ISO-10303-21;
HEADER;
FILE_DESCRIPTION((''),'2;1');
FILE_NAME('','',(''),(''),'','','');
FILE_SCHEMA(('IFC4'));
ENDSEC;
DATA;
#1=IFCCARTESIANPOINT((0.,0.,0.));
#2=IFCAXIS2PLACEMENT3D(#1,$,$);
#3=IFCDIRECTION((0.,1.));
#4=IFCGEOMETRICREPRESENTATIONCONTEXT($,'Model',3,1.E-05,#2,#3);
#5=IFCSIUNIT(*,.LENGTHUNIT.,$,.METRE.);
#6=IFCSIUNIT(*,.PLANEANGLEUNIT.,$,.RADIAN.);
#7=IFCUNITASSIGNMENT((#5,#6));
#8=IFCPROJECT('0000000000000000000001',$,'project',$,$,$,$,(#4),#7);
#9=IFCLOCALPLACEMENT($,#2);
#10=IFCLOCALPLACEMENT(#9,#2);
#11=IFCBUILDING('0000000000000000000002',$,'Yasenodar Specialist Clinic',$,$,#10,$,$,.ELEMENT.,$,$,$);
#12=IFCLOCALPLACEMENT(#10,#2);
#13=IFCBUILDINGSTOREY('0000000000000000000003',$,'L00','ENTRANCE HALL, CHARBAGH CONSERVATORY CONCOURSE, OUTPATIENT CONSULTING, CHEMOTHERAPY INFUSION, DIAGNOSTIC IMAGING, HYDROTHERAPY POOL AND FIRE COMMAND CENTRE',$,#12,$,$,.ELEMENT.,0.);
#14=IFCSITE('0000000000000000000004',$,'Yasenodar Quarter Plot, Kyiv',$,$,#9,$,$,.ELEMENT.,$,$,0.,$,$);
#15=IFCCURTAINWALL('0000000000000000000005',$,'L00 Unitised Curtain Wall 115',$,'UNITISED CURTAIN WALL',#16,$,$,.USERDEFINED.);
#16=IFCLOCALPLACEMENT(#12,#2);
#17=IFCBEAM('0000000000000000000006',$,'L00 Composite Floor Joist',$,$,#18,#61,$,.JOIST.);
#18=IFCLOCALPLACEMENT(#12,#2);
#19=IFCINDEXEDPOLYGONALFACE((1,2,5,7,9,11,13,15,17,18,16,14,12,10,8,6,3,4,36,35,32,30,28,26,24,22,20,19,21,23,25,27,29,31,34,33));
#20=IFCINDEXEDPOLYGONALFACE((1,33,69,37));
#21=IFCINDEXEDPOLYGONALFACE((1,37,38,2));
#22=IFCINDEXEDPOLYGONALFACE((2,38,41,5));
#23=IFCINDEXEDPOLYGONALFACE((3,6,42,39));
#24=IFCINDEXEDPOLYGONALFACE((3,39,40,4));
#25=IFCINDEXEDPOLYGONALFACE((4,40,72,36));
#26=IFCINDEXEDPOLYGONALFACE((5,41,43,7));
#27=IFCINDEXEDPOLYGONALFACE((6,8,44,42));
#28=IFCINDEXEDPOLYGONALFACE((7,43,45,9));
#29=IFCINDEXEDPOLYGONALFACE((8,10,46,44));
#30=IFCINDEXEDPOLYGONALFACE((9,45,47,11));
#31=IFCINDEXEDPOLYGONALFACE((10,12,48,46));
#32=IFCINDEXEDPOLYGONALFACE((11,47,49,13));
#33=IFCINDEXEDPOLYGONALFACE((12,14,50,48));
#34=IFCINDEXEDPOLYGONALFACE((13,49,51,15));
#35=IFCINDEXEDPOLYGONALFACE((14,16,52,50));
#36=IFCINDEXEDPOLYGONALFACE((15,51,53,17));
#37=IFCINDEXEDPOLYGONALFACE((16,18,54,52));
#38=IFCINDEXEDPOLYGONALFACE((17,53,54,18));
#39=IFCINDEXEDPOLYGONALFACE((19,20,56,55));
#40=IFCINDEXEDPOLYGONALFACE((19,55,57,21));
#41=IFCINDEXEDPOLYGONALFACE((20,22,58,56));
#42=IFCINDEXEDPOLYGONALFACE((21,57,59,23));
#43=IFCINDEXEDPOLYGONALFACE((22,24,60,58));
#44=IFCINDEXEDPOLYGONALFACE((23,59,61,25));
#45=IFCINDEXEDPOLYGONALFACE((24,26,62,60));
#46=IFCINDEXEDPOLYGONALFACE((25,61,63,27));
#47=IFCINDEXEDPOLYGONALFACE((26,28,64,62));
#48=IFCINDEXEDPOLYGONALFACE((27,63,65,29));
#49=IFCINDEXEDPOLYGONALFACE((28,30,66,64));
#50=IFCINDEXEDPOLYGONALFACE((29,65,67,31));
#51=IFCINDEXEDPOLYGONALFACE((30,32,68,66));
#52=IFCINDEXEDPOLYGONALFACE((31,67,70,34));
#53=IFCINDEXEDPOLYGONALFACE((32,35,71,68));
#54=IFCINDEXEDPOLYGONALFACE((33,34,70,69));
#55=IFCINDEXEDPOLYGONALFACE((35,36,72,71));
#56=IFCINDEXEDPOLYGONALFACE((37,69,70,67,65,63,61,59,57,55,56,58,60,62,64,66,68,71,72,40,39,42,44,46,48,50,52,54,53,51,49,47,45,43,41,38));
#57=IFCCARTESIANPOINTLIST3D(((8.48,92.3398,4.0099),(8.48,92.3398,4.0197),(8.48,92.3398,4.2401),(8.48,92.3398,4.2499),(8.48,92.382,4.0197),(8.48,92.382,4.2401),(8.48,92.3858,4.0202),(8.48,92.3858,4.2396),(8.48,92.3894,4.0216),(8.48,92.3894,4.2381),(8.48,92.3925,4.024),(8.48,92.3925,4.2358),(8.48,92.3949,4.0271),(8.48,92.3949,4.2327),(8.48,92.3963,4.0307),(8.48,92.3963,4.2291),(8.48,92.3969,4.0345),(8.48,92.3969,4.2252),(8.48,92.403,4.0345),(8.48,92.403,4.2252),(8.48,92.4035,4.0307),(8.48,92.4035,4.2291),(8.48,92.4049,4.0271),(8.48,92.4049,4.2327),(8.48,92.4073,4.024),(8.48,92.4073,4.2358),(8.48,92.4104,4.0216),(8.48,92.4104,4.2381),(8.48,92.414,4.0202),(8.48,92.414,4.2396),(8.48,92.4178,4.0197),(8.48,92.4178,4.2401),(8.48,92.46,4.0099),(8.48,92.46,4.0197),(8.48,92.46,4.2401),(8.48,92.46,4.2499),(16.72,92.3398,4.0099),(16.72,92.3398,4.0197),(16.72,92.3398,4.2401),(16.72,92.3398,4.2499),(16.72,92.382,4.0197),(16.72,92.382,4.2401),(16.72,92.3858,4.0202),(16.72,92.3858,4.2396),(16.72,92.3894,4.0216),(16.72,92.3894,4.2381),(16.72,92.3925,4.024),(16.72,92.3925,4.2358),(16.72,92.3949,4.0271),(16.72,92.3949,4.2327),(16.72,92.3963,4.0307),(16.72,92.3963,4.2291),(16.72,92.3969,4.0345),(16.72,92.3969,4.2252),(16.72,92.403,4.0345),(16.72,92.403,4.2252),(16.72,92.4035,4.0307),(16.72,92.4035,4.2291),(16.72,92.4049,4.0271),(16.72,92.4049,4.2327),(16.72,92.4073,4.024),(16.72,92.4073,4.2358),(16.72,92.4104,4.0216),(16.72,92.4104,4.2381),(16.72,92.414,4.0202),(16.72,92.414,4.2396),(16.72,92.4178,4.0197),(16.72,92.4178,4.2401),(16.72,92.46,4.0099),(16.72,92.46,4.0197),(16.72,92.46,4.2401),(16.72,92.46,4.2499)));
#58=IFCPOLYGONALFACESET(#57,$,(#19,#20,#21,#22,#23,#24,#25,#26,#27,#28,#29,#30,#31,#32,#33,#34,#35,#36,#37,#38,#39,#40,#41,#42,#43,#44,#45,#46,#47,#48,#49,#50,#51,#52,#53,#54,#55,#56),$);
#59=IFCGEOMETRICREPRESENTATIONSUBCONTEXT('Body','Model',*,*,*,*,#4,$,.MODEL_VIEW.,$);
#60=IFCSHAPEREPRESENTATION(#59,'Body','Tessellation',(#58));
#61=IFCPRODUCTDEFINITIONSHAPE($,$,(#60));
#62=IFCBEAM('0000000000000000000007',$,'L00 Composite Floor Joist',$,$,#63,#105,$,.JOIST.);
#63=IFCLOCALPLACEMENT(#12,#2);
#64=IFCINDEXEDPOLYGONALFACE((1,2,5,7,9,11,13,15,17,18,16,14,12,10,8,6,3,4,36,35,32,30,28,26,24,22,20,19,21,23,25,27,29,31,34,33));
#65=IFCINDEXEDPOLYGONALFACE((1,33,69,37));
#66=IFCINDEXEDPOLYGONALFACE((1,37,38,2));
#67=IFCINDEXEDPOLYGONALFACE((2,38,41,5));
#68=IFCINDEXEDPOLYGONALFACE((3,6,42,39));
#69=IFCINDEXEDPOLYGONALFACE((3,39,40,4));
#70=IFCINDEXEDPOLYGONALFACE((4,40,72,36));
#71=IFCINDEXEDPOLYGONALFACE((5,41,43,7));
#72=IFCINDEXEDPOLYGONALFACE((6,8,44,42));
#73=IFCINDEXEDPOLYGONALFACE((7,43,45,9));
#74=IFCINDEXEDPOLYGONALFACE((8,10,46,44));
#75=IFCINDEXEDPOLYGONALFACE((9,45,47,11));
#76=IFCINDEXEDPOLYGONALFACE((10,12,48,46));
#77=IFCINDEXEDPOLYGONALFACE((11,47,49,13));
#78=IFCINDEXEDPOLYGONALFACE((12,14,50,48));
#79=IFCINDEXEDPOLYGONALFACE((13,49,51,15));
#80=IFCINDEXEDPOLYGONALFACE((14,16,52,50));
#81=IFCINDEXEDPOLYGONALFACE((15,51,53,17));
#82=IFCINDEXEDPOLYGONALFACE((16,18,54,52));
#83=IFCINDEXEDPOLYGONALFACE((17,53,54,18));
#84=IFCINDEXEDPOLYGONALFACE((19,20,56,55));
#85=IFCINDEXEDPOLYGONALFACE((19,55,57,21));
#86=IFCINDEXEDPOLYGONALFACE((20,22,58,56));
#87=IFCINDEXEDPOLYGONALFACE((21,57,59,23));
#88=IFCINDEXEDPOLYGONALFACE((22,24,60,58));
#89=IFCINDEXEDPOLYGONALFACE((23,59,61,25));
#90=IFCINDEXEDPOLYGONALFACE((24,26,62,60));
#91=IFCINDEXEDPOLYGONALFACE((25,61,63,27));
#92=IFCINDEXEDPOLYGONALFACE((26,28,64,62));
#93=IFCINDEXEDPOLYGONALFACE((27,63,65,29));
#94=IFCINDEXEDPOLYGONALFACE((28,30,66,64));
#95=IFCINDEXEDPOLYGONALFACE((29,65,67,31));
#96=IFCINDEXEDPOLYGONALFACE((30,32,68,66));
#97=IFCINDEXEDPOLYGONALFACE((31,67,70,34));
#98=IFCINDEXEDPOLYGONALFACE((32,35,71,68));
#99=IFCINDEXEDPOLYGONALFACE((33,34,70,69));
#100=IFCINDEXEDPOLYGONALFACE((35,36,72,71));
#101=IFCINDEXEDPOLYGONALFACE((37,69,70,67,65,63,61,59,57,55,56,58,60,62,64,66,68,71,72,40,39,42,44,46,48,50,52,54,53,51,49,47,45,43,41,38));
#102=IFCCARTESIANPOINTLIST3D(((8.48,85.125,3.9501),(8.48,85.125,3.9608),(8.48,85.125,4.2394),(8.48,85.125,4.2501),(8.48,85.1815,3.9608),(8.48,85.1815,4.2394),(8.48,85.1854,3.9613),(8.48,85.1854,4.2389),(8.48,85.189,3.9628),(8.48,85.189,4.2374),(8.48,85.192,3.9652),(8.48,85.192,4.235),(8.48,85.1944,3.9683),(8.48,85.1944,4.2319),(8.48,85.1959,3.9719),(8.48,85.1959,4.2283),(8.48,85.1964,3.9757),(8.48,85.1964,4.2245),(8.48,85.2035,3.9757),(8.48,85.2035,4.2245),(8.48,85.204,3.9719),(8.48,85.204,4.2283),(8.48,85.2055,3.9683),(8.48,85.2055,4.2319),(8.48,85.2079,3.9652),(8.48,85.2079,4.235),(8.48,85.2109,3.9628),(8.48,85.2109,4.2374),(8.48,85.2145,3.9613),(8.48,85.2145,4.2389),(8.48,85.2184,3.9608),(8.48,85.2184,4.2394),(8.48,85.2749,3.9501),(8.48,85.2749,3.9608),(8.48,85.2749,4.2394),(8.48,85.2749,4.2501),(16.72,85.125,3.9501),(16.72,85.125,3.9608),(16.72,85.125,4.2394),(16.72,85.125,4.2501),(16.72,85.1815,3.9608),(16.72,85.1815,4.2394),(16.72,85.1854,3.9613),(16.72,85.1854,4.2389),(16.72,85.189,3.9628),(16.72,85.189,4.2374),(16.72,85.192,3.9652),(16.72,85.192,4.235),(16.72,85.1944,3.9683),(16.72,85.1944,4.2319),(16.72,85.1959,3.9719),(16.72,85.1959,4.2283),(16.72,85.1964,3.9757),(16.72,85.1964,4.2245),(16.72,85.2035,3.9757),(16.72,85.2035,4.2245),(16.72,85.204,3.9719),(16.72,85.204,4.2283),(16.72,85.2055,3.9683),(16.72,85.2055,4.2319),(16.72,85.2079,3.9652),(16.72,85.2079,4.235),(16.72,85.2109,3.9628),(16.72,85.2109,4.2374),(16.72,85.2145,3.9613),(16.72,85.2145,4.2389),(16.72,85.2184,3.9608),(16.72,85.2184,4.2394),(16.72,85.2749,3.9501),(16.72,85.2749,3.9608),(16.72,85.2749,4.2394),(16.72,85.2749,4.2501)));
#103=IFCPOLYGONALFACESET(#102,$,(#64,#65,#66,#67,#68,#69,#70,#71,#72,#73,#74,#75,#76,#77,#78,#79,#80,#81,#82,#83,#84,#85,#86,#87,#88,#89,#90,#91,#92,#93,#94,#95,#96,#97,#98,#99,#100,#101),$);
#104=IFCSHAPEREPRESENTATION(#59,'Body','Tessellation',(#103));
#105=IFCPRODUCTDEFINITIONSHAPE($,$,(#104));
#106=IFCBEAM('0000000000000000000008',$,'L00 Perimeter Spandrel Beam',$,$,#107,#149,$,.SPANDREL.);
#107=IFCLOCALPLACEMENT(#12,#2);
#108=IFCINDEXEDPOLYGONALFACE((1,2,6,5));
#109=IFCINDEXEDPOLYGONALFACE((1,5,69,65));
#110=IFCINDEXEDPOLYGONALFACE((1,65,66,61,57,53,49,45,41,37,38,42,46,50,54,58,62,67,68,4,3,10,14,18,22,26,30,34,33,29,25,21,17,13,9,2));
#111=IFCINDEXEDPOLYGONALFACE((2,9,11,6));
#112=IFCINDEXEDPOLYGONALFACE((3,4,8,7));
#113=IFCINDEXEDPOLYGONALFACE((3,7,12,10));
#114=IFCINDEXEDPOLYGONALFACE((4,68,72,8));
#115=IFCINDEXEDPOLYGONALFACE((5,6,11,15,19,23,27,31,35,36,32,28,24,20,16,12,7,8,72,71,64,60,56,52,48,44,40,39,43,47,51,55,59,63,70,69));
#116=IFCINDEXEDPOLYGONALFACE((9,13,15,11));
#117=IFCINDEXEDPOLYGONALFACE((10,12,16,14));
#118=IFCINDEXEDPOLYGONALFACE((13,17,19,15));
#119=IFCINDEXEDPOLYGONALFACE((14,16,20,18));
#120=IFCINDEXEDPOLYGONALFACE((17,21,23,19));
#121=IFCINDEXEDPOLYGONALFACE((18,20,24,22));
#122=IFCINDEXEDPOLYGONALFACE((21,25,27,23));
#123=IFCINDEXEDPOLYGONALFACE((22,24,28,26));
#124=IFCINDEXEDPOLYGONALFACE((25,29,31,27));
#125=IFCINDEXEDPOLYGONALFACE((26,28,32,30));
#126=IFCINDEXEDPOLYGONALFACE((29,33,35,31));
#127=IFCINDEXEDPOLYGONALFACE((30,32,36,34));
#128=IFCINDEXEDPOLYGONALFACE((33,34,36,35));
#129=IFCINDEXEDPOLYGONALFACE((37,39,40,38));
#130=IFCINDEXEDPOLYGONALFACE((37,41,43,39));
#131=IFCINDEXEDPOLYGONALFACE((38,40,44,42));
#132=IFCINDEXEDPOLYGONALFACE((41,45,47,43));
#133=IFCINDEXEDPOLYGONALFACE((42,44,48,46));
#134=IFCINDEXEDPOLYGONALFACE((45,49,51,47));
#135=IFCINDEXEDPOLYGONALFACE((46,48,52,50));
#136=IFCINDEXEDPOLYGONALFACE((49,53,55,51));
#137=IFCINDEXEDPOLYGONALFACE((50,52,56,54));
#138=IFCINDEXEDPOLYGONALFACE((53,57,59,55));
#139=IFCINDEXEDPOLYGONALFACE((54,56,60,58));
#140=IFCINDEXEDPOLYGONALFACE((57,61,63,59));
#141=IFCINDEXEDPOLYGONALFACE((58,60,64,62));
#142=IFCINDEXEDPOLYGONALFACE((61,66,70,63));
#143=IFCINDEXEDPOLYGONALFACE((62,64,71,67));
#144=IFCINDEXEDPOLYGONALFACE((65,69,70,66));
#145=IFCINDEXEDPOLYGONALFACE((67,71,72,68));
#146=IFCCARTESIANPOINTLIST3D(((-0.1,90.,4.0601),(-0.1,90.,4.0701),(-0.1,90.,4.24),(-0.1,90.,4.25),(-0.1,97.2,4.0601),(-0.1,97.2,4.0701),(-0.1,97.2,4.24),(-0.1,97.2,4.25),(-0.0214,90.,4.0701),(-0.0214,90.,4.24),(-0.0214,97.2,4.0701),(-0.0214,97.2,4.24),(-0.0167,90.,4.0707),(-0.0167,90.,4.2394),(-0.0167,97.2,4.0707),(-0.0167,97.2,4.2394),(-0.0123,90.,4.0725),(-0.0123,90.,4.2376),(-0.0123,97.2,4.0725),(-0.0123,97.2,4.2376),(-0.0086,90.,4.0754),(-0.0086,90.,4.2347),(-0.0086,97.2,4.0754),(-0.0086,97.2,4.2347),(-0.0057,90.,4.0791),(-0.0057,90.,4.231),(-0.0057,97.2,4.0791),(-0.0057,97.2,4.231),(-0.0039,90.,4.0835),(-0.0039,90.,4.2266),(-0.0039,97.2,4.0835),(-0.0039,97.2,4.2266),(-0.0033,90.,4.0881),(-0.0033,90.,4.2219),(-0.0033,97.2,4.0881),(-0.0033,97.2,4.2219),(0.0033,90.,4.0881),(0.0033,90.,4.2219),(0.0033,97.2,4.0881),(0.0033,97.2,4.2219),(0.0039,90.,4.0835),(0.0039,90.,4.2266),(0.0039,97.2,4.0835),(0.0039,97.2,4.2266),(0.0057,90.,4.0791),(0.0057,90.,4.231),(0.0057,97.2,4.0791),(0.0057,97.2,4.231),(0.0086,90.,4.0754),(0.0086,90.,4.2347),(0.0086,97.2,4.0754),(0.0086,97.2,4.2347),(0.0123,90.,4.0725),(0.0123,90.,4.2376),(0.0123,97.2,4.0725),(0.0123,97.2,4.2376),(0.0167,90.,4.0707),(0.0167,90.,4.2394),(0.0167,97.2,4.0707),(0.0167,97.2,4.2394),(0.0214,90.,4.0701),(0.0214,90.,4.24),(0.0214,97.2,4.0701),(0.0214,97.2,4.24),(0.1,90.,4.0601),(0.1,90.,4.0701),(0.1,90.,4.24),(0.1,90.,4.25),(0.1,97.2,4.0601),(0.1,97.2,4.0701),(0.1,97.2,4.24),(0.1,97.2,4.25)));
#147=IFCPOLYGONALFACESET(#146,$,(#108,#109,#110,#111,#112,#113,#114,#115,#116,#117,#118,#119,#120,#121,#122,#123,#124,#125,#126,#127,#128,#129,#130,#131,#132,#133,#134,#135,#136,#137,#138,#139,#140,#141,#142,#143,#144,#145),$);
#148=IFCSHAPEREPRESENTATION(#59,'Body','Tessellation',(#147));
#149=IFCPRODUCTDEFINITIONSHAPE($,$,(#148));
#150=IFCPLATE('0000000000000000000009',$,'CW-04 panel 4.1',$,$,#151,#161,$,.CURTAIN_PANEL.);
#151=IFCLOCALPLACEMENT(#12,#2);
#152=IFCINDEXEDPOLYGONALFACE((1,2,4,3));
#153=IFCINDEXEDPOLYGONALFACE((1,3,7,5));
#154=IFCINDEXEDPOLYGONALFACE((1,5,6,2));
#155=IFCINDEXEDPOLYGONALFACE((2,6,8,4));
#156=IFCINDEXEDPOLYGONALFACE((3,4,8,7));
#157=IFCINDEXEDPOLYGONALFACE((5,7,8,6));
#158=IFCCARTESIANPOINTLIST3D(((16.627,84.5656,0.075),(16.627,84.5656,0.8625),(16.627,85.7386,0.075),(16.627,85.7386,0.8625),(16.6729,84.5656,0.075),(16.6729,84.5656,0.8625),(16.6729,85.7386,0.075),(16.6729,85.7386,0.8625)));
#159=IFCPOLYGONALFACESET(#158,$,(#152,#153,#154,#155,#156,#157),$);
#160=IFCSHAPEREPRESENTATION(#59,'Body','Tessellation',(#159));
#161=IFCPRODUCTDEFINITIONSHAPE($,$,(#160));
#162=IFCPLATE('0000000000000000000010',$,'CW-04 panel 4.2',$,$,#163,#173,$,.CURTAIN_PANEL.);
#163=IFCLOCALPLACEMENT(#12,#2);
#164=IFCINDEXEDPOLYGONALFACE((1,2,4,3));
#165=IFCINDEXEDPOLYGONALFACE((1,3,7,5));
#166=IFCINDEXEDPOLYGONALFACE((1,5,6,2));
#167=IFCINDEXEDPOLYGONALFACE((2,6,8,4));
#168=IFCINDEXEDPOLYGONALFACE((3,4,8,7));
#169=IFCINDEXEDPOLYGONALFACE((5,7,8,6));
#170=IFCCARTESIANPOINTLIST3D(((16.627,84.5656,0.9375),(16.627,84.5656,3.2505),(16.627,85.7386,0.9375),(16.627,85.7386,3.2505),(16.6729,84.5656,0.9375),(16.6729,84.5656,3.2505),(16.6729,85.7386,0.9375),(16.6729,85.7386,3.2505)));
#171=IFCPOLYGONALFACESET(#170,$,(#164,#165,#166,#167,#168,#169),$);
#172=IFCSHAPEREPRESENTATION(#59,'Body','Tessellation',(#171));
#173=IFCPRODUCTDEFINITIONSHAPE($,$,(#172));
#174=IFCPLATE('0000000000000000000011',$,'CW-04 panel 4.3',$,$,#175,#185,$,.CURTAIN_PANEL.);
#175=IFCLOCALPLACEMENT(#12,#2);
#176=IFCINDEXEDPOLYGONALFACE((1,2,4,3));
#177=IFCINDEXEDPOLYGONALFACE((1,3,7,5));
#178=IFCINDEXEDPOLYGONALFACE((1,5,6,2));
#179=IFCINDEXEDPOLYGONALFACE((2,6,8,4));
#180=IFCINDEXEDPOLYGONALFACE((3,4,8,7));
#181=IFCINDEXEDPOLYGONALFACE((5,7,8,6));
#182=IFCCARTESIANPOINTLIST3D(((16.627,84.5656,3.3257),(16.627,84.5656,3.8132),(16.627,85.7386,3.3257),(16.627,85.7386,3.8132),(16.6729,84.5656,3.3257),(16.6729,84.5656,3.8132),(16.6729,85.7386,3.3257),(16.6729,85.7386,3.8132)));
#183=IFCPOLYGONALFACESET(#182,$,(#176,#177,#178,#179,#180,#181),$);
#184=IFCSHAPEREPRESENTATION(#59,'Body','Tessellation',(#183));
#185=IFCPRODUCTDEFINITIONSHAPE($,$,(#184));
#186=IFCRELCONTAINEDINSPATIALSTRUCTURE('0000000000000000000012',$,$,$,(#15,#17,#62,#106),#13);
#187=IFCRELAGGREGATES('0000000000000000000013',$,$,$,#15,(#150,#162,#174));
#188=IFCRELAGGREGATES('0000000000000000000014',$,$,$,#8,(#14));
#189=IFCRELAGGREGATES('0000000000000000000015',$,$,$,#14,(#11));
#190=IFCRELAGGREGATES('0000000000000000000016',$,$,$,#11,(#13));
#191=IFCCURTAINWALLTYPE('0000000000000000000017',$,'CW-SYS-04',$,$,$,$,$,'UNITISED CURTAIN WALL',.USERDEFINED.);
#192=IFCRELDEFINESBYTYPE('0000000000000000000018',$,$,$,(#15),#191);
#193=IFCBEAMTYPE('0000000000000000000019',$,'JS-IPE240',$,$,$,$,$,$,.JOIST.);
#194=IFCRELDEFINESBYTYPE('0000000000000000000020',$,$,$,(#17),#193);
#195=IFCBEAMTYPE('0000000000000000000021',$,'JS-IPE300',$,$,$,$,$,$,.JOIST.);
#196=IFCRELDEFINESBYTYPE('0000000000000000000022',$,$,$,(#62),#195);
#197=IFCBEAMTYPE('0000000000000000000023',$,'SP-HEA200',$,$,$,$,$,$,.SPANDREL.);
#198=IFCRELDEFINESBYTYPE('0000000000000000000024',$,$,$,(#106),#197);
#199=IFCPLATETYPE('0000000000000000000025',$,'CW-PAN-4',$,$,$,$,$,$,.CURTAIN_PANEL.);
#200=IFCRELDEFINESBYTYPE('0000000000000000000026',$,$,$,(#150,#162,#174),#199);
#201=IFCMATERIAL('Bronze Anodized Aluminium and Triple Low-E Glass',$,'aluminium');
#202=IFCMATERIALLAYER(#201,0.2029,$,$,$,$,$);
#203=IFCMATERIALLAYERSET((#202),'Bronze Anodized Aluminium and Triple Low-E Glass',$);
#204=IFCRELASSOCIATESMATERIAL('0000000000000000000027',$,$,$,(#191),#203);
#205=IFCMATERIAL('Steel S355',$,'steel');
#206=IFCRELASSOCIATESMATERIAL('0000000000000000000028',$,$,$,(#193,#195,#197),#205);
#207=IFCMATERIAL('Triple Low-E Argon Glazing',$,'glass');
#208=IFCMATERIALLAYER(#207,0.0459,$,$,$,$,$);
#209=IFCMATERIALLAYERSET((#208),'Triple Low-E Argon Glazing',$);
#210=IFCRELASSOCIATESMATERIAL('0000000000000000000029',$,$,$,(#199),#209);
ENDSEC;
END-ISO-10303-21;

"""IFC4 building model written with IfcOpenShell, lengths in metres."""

from ifc_helpers import new_model, si_unit, direction, frame, origin, origin_2d, place, context, subcontext, project, spatial, rectangle, i_section, extrude, material, layer, layer_set, material_profile, profile_set, type_object, element, aggregate, save


model = new_model("IFC4")

# Units and contexts
model_context = context("Model", 3, precision=1e-05, world=origin(), true_north=direction((0.0, 1.0)))
body_context = subcontext(model_context, "Body", "Model", "MODEL_VIEW")
ifc_project = project(units=[si_unit("LENGTHUNIT", "METRE"), si_unit("PLANEANGLEUNIT", "RADIAN")], contexts=[model_context])

# Site, building, storey
site_placement = place(None, origin())
site = spatial("IfcSite", under=ifc_project, at=site_placement, Name="Yasenodar Quarter Plot, Kyiv", CompositionType="ELEMENT", RefElevation=0.0)
building_placement = place(site_placement, origin())
building = spatial("IfcBuilding", under=site, at=building_placement, Name="Yasenodar Specialist Clinic", CompositionType="ELEMENT")
storey_placement = place(building_placement, origin())
storey = spatial("IfcBuildingStorey", under=building, at=storey_placement, Name="L00", Description="ENTRANCE HALL, CHARBAGH CONSERVATORY CONCOURSE, OUTPATIENT CONSULTING, CHEMOTHERAPY INFUSION, DIAGNOSTIC IMAGING, HYDROTHERAPY POOL AND FIRE COMMAND CENTRE", CompositionType="ELEMENT", Elevation=0.0)

# Shared definitions
ifc_material_1 = material(Name="Steel S355", Category="steel")

# Curtain wall
ifc_material_2 = material(Name="Bronze Anodized Aluminium and Triple Low-E Glass", Category="aluminium")
ifc_layer_1 = layer(ifc_material_2, 0.2029)
ifc_layer_set_1 = layer_set([ifc_layer_1], Name="Bronze Anodized Aluminium and Triple Low-E Glass")
curtain_wall_type = type_object("IfcCurtainWallType", Name="CW-SYS-04", ElementType="UNITISED CURTAIN WALL", PredefinedType="USERDEFINED", material=ifc_layer_set_1)
curtain_wall_placement = place(storey_placement, origin())
curtain_wall = element("IfcCurtainWall", 1, at=curtain_wall_placement, inside=storey, type_object=curtain_wall_type, Name="L00 Unitised Curtain Wall 115", ObjectType="UNITISED CURTAIN WALL", PredefinedType="USERDEFINED")

# Beams
ifc_material_profile_1 = material_profile(ifc_material_1, i_section(OverallWidth=0.1201, OverallDepth=0.24, WebThickness=0.0061, FlangeThickness=0.0098, FilletRadius=0.0149, at=origin_2d()), Name="IPE 240")
ifc_profile_set_1 = profile_set([ifc_material_profile_1], Name="Steel S355")
beam_type_1 = type_object("IfcBeamType", Name="JS-IPE240", PredefinedType="JOIST", material=ifc_profile_set_1)
for number, where, z_axis, x_axis, name in (
    (2, (8.48, 92.3999, 4.1299), (1.0, 0.0, 0.0), (0.0, 1.0, 0.0), "L00 Composite Floor Joist"),
):
    element("IfcBeam", number, at=place(storey_placement, frame(where, z_axis=z_axis, x_axis=x_axis)), inside=storey, type_object=beam_type_1, Name=name, PredefinedType="JOIST", context=body_context, shape_type="SweptSolid", body=[
        extrude(i_section(OverallWidth=0.1201, OverallDepth=0.24, WebThickness=0.0061, FlangeThickness=0.0098, FilletRadius=0.0149, at=origin_2d()), origin(), (0.0, 0.0, 1.0), 8.24),
    ])
ifc_material_profile_2 = material_profile(ifc_material_1, i_section(OverallWidth=0.1499, OverallDepth=0.3, WebThickness=0.0071, FlangeThickness=0.0107, FilletRadius=0.0149, at=origin_2d()), Name="IPE 300")
ifc_profile_set_2 = profile_set([ifc_material_profile_2], Name="Steel S355")
beam_type_2 = type_object("IfcBeamType", Name="JS-IPE300", PredefinedType="JOIST", material=ifc_profile_set_2)
beam_1_placement = place(storey_placement, frame((8.48, 85.2, 4.1001), z_axis=(1.0, 0.0, 0.0), x_axis=(0.0, 1.0, 0.0)))
element("IfcBeam", 3, at=beam_1_placement, inside=storey, type_object=beam_type_2, Name="L00 Composite Floor Joist", PredefinedType="JOIST", context=body_context, shape_type="SweptSolid", body=[
    extrude(i_section(OverallWidth=0.1499, OverallDepth=0.3, WebThickness=0.0071, FlangeThickness=0.0107, FilletRadius=0.0149, at=origin_2d()), origin(), (0.0, 0.0, 1.0), 8.24),
])
ifc_material_profile_3 = material_profile(ifc_material_1, i_section(OverallWidth=0.2, OverallDepth=0.1899, WebThickness=0.0066, FlangeThickness=0.01, FilletRadius=0.0181, at=origin_2d()), Name="HEA 200")
ifc_profile_set_3 = profile_set([ifc_material_profile_3], Name="Steel S355")
beam_type_3 = type_object("IfcBeamType", Name="SP-HEA200", PredefinedType="SPANDREL", material=ifc_profile_set_3)
beam_2_placement = place(storey_placement, frame((0.0, 90.0, 4.155), z_axis=(0.0, 1.0, 0.0), x_axis=(-1.0, 0.0, 0.0)))
element("IfcBeam", 4, at=beam_2_placement, inside=storey, type_object=beam_type_3, Name="L00 Perimeter Spandrel Beam", PredefinedType="SPANDREL", context=body_context, shape_type="SweptSolid", body=[
    extrude(i_section(OverallWidth=0.2, OverallDepth=0.1899, WebThickness=0.0066, FlangeThickness=0.01, FilletRadius=0.0181, at=origin_2d()), origin(), (0.0, 0.0, 1.0), 7.2),
])

# Plates
ifc_material_3 = material(Name="Triple Low-E Argon Glazing", Category="glass")
ifc_layer_2 = layer(ifc_material_3, 0.0459)
ifc_layer_set_2 = layer_set([ifc_layer_2], Name="Triple Low-E Argon Glazing")
plate_type = type_object("IfcPlateType", Name="CW-PAN-4", PredefinedType="CURTAIN_PANEL", material=ifc_layer_set_2)
plate_1_placement = place(storey_placement, frame((16.6499, 85.1521, 0.075), z_axis=(0.0, 0.0, 1.0), x_axis=(0.0, -1.0, 0.0)))
plate_1 = element("IfcPlate", 5, at=plate_1_placement, type_object=plate_type, Name="CW-04 panel 4.1", PredefinedType="CURTAIN_PANEL", context=body_context, shape_type="SweptSolid", body=[
    extrude(rectangle(XDim=1.1731, YDim=0.0459, at=origin_2d()), origin(), (0.0, 0.0, 1.0), 0.7876),
])
plate_2_placement = place(storey_placement, frame((16.6499, 85.1521, 0.9375), z_axis=(0.0, 0.0, 1.0), x_axis=(0.0, -1.0, 0.0)))
plate_2 = element("IfcPlate", 6, at=plate_2_placement, type_object=plate_type, Name="CW-04 panel 4.2", PredefinedType="CURTAIN_PANEL", context=body_context, shape_type="SweptSolid", body=[
    extrude(rectangle(XDim=1.1731, YDim=0.0459, at=origin_2d()), origin(), (0.0, 0.0, 1.0), 2.313),
])
plate_3_placement = place(storey_placement, frame((16.6499, 85.1521, 3.3257), z_axis=(0.0, 0.0, 1.0), x_axis=(0.0, -1.0, 0.0)))
plate_3 = element("IfcPlate", 7, at=plate_3_placement, type_object=plate_type, Name="CW-04 panel 4.3", PredefinedType="CURTAIN_PANEL", context=body_context, shape_type="SweptSolid", body=[
    extrude(rectangle(XDim=1.1731, YDim=0.0459, at=origin_2d()), origin(), (0.0, 0.0, 1.0), 0.4875),
])
aggregate(curtain_wall, [plate_1, plate_2, plate_3])

save(model, "model.ifc")
